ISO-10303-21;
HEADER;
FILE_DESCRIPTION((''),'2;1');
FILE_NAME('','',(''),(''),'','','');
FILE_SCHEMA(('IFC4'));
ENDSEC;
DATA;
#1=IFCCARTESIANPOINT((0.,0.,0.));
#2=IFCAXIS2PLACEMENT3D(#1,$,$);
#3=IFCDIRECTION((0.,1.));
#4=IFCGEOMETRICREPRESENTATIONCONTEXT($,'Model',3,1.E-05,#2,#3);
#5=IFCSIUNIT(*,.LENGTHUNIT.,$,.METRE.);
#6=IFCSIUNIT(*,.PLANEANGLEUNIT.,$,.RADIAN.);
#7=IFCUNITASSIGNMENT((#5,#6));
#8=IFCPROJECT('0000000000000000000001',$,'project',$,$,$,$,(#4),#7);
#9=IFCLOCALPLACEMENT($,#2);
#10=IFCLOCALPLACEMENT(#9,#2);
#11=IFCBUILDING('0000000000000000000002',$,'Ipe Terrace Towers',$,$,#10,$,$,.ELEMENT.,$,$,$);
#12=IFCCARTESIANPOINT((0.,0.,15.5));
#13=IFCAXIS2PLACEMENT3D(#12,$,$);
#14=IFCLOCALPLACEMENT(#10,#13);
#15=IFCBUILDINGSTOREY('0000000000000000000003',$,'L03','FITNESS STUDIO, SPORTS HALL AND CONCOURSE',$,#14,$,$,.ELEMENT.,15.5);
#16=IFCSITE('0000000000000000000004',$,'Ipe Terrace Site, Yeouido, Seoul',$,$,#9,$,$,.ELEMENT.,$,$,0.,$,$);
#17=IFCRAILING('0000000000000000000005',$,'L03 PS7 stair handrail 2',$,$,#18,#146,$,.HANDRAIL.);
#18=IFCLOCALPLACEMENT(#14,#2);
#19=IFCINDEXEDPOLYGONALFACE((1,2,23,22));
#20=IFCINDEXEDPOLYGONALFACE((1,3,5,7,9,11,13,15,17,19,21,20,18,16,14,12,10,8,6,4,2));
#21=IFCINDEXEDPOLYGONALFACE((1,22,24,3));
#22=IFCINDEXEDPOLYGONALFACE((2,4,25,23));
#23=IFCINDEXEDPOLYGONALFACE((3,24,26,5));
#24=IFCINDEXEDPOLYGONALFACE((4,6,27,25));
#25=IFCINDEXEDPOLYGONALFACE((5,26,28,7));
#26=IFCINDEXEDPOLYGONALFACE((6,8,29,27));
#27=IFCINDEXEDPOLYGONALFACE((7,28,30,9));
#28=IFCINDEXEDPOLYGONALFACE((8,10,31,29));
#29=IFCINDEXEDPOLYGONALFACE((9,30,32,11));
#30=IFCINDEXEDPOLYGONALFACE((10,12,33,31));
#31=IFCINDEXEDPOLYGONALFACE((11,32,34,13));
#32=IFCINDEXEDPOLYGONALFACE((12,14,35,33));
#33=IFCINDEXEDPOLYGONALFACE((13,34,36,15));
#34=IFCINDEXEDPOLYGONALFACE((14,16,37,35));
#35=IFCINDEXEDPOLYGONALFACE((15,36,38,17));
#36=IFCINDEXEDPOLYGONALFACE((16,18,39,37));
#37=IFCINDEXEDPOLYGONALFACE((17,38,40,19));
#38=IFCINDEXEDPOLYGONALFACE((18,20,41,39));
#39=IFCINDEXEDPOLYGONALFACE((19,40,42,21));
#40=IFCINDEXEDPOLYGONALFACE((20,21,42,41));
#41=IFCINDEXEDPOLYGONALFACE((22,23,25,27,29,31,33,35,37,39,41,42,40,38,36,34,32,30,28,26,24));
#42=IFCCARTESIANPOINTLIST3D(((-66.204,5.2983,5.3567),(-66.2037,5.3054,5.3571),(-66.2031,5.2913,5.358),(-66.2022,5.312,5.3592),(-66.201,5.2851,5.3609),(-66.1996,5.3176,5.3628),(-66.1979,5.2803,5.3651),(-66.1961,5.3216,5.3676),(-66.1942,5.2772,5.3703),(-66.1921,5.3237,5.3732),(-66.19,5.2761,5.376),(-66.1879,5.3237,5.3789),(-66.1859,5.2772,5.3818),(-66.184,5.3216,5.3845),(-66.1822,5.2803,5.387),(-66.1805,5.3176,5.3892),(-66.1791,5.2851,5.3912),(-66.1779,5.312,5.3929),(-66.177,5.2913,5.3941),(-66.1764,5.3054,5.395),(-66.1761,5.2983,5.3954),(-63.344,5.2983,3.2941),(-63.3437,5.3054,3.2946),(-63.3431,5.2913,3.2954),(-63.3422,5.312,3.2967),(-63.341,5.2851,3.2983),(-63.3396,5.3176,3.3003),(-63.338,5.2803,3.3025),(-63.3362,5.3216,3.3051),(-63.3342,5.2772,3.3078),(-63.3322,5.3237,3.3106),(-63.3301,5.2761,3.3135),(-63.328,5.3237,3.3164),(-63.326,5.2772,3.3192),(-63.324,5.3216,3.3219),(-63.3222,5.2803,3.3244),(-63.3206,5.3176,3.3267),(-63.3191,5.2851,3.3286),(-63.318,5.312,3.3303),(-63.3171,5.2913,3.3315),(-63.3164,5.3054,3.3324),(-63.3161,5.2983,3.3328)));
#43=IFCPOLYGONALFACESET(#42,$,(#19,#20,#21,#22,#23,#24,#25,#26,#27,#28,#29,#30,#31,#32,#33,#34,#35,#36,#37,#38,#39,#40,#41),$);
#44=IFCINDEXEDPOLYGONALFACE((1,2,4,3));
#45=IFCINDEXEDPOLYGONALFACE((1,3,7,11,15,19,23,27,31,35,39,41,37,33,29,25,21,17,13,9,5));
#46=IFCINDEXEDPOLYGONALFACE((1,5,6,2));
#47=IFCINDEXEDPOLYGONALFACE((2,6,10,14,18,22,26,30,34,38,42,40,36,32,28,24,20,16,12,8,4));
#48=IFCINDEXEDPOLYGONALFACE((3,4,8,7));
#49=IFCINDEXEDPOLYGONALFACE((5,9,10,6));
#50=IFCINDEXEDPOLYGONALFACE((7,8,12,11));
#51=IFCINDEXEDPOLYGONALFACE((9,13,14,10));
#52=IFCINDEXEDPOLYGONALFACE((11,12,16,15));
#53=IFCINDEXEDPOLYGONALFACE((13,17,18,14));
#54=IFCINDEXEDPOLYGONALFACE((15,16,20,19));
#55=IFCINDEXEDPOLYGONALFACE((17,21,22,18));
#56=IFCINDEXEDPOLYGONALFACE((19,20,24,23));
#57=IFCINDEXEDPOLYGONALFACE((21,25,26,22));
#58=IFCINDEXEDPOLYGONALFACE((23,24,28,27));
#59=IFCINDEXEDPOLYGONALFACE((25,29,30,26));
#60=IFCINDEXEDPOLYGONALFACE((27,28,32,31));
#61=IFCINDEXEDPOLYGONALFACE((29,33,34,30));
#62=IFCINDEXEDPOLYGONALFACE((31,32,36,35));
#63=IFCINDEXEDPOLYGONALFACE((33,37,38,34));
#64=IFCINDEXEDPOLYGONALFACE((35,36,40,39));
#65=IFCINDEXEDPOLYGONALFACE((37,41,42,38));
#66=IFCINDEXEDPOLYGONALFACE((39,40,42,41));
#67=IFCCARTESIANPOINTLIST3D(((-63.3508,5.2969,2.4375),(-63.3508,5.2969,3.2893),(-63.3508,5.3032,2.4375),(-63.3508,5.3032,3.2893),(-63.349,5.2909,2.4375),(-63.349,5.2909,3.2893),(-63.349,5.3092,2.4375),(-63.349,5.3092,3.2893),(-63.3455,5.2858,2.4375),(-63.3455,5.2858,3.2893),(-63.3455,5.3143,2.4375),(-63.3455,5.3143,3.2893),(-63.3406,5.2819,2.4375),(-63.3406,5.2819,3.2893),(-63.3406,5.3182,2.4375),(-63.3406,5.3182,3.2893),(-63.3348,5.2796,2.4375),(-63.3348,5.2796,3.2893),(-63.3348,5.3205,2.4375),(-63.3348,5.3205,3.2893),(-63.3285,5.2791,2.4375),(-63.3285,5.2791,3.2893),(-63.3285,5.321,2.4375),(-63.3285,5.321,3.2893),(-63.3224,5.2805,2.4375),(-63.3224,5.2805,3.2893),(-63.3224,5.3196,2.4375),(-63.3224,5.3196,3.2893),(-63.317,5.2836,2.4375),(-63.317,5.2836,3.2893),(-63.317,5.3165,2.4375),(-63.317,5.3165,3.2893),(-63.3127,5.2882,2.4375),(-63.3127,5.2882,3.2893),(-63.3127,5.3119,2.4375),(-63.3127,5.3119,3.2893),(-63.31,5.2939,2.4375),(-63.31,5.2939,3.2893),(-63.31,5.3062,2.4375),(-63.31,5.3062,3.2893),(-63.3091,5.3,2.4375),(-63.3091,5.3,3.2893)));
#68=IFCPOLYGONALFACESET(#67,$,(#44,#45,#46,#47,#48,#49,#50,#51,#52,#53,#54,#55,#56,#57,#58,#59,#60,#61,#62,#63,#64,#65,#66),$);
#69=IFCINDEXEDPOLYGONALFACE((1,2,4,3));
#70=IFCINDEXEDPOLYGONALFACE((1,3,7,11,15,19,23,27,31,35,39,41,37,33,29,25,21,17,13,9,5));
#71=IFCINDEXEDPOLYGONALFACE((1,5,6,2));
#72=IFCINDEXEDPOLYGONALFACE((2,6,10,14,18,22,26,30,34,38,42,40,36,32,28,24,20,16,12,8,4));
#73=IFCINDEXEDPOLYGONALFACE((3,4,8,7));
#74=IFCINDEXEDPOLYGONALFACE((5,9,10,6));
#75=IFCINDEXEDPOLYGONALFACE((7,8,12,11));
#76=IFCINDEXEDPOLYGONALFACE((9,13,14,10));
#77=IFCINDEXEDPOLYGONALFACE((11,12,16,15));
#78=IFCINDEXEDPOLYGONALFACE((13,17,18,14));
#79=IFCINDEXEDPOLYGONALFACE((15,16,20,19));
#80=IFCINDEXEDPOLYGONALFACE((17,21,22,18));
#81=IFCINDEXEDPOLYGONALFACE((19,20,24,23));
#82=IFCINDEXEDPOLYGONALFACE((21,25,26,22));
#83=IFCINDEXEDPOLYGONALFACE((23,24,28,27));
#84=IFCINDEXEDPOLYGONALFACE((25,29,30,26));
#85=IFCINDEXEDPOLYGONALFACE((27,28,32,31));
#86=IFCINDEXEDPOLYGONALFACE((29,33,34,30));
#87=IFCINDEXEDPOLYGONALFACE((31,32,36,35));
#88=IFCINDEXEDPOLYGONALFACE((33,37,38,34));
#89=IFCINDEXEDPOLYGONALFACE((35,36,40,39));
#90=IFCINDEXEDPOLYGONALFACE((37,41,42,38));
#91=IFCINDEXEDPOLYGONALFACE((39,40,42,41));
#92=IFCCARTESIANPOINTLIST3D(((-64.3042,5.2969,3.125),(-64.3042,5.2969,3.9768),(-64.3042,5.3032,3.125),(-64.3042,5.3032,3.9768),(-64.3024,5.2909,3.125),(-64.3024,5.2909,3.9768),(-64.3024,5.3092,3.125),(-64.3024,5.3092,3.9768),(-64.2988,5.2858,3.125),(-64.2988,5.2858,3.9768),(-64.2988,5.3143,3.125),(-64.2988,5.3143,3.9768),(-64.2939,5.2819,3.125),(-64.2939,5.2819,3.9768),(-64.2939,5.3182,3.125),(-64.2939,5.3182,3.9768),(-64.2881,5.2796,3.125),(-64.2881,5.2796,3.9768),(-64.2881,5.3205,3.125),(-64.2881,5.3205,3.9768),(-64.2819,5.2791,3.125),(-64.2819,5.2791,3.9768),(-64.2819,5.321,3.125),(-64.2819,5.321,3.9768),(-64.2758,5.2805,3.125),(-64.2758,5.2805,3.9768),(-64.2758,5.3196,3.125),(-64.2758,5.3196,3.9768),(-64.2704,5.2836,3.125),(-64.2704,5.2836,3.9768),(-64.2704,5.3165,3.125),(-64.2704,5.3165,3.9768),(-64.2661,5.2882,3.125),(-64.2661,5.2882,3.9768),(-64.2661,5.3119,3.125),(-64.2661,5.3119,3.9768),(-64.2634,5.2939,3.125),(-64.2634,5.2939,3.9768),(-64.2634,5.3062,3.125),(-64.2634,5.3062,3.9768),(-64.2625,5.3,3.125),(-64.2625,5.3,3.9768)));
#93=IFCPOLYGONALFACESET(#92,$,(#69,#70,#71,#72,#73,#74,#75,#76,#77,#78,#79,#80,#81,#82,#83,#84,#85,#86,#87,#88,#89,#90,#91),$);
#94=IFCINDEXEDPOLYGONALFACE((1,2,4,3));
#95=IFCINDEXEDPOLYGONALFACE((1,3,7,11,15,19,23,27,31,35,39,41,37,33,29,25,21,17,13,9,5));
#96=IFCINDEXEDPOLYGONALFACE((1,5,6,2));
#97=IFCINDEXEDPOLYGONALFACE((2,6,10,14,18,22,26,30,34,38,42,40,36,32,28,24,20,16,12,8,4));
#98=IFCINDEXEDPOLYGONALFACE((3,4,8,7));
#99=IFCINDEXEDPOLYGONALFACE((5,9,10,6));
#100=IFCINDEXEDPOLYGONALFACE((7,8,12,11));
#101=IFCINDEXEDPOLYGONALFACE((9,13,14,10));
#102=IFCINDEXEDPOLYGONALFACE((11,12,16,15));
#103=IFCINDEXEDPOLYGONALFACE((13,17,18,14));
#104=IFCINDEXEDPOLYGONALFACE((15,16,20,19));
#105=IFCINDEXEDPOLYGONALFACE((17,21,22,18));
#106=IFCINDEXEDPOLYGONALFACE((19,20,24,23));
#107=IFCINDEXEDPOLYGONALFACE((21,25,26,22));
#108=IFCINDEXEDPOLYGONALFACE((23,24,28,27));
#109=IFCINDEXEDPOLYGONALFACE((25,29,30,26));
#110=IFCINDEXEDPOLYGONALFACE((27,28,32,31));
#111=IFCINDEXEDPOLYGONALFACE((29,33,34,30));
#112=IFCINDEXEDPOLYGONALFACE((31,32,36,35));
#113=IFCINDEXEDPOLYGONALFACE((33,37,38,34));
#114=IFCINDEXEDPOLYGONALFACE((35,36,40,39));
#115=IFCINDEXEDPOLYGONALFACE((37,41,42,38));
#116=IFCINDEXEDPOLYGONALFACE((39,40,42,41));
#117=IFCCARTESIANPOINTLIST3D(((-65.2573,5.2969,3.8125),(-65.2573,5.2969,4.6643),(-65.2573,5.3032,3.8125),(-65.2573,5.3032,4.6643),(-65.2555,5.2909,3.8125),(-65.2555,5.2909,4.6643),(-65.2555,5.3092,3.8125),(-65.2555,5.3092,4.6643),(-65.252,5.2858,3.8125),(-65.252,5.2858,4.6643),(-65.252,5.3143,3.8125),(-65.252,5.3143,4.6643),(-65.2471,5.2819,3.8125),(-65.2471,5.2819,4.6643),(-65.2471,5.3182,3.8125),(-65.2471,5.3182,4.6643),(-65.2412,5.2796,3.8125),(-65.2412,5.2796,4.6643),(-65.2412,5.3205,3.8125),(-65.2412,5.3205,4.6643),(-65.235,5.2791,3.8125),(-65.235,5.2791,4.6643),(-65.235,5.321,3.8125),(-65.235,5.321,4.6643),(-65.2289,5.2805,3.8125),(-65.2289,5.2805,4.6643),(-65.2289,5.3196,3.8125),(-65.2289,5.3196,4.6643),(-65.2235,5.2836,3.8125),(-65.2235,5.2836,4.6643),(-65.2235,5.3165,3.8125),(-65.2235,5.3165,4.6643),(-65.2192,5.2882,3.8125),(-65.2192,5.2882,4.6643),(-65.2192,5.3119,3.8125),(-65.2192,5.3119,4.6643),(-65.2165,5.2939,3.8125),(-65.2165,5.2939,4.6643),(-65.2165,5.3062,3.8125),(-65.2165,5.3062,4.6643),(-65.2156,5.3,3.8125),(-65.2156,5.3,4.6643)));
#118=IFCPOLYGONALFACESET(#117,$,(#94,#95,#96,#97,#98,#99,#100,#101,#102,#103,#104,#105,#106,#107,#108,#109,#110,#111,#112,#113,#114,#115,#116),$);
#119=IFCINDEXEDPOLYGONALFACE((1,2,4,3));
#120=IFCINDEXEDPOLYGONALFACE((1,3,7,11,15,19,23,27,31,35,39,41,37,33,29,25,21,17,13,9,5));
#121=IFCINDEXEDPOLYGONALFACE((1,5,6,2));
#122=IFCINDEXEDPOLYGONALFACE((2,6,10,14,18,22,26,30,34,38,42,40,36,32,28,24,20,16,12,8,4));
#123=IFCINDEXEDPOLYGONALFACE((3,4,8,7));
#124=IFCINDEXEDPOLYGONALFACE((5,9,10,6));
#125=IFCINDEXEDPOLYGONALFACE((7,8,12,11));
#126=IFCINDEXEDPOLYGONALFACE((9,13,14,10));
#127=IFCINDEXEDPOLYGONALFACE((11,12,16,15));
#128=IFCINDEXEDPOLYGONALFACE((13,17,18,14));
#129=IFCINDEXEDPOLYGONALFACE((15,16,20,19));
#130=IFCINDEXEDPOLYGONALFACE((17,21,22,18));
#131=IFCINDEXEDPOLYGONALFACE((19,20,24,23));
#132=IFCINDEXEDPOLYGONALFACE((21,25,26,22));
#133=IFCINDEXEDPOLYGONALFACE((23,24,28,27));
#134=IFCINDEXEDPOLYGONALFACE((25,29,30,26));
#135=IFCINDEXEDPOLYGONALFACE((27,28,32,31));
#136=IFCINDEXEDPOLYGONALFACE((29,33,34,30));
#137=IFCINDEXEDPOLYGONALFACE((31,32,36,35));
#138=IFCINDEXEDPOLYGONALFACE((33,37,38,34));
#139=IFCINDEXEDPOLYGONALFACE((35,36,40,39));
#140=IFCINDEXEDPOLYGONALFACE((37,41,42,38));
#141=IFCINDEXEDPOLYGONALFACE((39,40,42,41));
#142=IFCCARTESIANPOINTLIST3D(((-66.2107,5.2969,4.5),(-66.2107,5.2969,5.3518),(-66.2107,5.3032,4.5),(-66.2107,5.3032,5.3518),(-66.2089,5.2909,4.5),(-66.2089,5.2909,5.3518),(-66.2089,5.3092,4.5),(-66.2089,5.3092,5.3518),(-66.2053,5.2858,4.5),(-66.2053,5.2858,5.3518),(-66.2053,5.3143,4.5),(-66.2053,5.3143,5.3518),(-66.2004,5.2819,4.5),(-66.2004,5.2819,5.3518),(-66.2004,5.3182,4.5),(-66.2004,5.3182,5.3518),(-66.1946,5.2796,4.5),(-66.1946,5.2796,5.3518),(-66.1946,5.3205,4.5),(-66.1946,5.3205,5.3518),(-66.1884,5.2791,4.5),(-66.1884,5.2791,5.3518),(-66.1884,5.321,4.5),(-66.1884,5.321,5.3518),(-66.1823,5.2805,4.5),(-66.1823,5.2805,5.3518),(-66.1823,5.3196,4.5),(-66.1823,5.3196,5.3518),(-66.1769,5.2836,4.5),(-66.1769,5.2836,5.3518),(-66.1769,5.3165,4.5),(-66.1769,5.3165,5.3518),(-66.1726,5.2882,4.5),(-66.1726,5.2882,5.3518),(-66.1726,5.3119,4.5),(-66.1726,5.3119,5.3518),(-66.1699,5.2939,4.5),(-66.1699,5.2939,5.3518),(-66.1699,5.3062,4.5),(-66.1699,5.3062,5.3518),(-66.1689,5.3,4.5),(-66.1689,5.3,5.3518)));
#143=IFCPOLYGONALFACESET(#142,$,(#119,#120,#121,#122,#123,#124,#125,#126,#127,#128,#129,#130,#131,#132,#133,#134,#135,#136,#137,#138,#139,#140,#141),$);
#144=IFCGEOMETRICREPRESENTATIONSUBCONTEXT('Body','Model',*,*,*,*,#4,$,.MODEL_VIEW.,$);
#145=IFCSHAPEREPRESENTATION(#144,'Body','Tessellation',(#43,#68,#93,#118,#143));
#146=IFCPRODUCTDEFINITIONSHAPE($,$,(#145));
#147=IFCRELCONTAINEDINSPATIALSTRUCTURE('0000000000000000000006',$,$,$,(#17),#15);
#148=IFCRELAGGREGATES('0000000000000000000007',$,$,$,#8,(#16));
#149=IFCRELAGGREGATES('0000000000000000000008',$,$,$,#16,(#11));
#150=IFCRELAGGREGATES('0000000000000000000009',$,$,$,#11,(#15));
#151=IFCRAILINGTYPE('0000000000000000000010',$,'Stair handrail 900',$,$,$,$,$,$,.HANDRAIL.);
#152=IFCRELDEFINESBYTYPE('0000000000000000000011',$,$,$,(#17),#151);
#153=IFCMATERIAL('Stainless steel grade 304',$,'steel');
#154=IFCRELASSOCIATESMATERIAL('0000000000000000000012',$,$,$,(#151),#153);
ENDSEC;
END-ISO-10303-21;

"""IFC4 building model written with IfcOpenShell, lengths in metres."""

from ifc_helpers import new_model, si_unit, direction, frame, origin, origin_2d, place, context, subcontext, project, spatial, circle, extrude, material, type_object, element, save


model = new_model("IFC4")

# Units and contexts
model_context = context("Model", 3, precision=1e-05, world=origin(), true_north=direction((0.0, 1.0)))
body_context = subcontext(model_context, "Body", "Model", "MODEL_VIEW")
ifc_project = project(units=[si_unit("LENGTHUNIT", "METRE"), si_unit("PLANEANGLEUNIT", "RADIAN")], contexts=[model_context])

# Site, building, storey
site_placement = place(None, origin())
site = spatial("IfcSite", under=ifc_project, at=site_placement, Name="Ipe Terrace Site, Yeouido, Seoul", CompositionType="ELEMENT", RefElevation=0.0)
building_placement = place(site_placement, origin())
building = spatial("IfcBuilding", under=site, at=building_placement, Name="Ipe Terrace Towers", CompositionType="ELEMENT")
storey_placement = place(building_placement, frame((0.0, 0.0, 15.5)))
storey = spatial("IfcBuildingStorey", under=building, at=storey_placement, Name="L03", Description="FITNESS STUDIO, SPORTS HALL AND CONCOURSE", CompositionType="ELEMENT", Elevation=15.5)

# Railing
ifc_material_1 = material(Name="Stainless steel grade 304", Category="steel")
railing_type_1 = type_object("IfcRailingType", Name="Stair handrail 900", PredefinedType="HANDRAIL", material=ifc_material_1)
railing_1_placement = place(storey_placement, frame((-63.3301, 5.3, 2.4375)))
element("IfcRailing", 1, at=railing_1_placement, inside=storey, type_object=railing_type_1, Name="L03 PS7 stair handrail 2", PredefinedType="HANDRAIL", context=body_context, shape_type="SweptSolid", body=[
    extrude(circle(Radius=0.0239, at=origin_2d()), frame((0.0, 0.0, 0.876), z_axis=(-0.811077, 0.0, 0.584939), x_axis=(0.0, -1.0, 0.0)), (0.0, 0.0, 1.0), 3.5261),
    extrude(circle(Radius=0.021, at=origin_2d()), origin(), (0.0, 0.0, 1.0), 0.8518),
    extrude(circle(Radius=0.021, at=origin_2d()), frame((-0.9534, 0.0, 0.6875)), (0.0, 0.0, 1.0), 0.8518),
    extrude(circle(Radius=0.021, at=origin_2d()), frame((-1.9065, 0.0, 1.375)), (0.0, 0.0, 1.0), 0.8518),
    extrude(circle(Radius=0.021, at=origin_2d()), frame((-2.8599, 0.0, 2.0625)), (0.0, 0.0, 1.0), 0.8518),
])

save(model, "model.ifc")
